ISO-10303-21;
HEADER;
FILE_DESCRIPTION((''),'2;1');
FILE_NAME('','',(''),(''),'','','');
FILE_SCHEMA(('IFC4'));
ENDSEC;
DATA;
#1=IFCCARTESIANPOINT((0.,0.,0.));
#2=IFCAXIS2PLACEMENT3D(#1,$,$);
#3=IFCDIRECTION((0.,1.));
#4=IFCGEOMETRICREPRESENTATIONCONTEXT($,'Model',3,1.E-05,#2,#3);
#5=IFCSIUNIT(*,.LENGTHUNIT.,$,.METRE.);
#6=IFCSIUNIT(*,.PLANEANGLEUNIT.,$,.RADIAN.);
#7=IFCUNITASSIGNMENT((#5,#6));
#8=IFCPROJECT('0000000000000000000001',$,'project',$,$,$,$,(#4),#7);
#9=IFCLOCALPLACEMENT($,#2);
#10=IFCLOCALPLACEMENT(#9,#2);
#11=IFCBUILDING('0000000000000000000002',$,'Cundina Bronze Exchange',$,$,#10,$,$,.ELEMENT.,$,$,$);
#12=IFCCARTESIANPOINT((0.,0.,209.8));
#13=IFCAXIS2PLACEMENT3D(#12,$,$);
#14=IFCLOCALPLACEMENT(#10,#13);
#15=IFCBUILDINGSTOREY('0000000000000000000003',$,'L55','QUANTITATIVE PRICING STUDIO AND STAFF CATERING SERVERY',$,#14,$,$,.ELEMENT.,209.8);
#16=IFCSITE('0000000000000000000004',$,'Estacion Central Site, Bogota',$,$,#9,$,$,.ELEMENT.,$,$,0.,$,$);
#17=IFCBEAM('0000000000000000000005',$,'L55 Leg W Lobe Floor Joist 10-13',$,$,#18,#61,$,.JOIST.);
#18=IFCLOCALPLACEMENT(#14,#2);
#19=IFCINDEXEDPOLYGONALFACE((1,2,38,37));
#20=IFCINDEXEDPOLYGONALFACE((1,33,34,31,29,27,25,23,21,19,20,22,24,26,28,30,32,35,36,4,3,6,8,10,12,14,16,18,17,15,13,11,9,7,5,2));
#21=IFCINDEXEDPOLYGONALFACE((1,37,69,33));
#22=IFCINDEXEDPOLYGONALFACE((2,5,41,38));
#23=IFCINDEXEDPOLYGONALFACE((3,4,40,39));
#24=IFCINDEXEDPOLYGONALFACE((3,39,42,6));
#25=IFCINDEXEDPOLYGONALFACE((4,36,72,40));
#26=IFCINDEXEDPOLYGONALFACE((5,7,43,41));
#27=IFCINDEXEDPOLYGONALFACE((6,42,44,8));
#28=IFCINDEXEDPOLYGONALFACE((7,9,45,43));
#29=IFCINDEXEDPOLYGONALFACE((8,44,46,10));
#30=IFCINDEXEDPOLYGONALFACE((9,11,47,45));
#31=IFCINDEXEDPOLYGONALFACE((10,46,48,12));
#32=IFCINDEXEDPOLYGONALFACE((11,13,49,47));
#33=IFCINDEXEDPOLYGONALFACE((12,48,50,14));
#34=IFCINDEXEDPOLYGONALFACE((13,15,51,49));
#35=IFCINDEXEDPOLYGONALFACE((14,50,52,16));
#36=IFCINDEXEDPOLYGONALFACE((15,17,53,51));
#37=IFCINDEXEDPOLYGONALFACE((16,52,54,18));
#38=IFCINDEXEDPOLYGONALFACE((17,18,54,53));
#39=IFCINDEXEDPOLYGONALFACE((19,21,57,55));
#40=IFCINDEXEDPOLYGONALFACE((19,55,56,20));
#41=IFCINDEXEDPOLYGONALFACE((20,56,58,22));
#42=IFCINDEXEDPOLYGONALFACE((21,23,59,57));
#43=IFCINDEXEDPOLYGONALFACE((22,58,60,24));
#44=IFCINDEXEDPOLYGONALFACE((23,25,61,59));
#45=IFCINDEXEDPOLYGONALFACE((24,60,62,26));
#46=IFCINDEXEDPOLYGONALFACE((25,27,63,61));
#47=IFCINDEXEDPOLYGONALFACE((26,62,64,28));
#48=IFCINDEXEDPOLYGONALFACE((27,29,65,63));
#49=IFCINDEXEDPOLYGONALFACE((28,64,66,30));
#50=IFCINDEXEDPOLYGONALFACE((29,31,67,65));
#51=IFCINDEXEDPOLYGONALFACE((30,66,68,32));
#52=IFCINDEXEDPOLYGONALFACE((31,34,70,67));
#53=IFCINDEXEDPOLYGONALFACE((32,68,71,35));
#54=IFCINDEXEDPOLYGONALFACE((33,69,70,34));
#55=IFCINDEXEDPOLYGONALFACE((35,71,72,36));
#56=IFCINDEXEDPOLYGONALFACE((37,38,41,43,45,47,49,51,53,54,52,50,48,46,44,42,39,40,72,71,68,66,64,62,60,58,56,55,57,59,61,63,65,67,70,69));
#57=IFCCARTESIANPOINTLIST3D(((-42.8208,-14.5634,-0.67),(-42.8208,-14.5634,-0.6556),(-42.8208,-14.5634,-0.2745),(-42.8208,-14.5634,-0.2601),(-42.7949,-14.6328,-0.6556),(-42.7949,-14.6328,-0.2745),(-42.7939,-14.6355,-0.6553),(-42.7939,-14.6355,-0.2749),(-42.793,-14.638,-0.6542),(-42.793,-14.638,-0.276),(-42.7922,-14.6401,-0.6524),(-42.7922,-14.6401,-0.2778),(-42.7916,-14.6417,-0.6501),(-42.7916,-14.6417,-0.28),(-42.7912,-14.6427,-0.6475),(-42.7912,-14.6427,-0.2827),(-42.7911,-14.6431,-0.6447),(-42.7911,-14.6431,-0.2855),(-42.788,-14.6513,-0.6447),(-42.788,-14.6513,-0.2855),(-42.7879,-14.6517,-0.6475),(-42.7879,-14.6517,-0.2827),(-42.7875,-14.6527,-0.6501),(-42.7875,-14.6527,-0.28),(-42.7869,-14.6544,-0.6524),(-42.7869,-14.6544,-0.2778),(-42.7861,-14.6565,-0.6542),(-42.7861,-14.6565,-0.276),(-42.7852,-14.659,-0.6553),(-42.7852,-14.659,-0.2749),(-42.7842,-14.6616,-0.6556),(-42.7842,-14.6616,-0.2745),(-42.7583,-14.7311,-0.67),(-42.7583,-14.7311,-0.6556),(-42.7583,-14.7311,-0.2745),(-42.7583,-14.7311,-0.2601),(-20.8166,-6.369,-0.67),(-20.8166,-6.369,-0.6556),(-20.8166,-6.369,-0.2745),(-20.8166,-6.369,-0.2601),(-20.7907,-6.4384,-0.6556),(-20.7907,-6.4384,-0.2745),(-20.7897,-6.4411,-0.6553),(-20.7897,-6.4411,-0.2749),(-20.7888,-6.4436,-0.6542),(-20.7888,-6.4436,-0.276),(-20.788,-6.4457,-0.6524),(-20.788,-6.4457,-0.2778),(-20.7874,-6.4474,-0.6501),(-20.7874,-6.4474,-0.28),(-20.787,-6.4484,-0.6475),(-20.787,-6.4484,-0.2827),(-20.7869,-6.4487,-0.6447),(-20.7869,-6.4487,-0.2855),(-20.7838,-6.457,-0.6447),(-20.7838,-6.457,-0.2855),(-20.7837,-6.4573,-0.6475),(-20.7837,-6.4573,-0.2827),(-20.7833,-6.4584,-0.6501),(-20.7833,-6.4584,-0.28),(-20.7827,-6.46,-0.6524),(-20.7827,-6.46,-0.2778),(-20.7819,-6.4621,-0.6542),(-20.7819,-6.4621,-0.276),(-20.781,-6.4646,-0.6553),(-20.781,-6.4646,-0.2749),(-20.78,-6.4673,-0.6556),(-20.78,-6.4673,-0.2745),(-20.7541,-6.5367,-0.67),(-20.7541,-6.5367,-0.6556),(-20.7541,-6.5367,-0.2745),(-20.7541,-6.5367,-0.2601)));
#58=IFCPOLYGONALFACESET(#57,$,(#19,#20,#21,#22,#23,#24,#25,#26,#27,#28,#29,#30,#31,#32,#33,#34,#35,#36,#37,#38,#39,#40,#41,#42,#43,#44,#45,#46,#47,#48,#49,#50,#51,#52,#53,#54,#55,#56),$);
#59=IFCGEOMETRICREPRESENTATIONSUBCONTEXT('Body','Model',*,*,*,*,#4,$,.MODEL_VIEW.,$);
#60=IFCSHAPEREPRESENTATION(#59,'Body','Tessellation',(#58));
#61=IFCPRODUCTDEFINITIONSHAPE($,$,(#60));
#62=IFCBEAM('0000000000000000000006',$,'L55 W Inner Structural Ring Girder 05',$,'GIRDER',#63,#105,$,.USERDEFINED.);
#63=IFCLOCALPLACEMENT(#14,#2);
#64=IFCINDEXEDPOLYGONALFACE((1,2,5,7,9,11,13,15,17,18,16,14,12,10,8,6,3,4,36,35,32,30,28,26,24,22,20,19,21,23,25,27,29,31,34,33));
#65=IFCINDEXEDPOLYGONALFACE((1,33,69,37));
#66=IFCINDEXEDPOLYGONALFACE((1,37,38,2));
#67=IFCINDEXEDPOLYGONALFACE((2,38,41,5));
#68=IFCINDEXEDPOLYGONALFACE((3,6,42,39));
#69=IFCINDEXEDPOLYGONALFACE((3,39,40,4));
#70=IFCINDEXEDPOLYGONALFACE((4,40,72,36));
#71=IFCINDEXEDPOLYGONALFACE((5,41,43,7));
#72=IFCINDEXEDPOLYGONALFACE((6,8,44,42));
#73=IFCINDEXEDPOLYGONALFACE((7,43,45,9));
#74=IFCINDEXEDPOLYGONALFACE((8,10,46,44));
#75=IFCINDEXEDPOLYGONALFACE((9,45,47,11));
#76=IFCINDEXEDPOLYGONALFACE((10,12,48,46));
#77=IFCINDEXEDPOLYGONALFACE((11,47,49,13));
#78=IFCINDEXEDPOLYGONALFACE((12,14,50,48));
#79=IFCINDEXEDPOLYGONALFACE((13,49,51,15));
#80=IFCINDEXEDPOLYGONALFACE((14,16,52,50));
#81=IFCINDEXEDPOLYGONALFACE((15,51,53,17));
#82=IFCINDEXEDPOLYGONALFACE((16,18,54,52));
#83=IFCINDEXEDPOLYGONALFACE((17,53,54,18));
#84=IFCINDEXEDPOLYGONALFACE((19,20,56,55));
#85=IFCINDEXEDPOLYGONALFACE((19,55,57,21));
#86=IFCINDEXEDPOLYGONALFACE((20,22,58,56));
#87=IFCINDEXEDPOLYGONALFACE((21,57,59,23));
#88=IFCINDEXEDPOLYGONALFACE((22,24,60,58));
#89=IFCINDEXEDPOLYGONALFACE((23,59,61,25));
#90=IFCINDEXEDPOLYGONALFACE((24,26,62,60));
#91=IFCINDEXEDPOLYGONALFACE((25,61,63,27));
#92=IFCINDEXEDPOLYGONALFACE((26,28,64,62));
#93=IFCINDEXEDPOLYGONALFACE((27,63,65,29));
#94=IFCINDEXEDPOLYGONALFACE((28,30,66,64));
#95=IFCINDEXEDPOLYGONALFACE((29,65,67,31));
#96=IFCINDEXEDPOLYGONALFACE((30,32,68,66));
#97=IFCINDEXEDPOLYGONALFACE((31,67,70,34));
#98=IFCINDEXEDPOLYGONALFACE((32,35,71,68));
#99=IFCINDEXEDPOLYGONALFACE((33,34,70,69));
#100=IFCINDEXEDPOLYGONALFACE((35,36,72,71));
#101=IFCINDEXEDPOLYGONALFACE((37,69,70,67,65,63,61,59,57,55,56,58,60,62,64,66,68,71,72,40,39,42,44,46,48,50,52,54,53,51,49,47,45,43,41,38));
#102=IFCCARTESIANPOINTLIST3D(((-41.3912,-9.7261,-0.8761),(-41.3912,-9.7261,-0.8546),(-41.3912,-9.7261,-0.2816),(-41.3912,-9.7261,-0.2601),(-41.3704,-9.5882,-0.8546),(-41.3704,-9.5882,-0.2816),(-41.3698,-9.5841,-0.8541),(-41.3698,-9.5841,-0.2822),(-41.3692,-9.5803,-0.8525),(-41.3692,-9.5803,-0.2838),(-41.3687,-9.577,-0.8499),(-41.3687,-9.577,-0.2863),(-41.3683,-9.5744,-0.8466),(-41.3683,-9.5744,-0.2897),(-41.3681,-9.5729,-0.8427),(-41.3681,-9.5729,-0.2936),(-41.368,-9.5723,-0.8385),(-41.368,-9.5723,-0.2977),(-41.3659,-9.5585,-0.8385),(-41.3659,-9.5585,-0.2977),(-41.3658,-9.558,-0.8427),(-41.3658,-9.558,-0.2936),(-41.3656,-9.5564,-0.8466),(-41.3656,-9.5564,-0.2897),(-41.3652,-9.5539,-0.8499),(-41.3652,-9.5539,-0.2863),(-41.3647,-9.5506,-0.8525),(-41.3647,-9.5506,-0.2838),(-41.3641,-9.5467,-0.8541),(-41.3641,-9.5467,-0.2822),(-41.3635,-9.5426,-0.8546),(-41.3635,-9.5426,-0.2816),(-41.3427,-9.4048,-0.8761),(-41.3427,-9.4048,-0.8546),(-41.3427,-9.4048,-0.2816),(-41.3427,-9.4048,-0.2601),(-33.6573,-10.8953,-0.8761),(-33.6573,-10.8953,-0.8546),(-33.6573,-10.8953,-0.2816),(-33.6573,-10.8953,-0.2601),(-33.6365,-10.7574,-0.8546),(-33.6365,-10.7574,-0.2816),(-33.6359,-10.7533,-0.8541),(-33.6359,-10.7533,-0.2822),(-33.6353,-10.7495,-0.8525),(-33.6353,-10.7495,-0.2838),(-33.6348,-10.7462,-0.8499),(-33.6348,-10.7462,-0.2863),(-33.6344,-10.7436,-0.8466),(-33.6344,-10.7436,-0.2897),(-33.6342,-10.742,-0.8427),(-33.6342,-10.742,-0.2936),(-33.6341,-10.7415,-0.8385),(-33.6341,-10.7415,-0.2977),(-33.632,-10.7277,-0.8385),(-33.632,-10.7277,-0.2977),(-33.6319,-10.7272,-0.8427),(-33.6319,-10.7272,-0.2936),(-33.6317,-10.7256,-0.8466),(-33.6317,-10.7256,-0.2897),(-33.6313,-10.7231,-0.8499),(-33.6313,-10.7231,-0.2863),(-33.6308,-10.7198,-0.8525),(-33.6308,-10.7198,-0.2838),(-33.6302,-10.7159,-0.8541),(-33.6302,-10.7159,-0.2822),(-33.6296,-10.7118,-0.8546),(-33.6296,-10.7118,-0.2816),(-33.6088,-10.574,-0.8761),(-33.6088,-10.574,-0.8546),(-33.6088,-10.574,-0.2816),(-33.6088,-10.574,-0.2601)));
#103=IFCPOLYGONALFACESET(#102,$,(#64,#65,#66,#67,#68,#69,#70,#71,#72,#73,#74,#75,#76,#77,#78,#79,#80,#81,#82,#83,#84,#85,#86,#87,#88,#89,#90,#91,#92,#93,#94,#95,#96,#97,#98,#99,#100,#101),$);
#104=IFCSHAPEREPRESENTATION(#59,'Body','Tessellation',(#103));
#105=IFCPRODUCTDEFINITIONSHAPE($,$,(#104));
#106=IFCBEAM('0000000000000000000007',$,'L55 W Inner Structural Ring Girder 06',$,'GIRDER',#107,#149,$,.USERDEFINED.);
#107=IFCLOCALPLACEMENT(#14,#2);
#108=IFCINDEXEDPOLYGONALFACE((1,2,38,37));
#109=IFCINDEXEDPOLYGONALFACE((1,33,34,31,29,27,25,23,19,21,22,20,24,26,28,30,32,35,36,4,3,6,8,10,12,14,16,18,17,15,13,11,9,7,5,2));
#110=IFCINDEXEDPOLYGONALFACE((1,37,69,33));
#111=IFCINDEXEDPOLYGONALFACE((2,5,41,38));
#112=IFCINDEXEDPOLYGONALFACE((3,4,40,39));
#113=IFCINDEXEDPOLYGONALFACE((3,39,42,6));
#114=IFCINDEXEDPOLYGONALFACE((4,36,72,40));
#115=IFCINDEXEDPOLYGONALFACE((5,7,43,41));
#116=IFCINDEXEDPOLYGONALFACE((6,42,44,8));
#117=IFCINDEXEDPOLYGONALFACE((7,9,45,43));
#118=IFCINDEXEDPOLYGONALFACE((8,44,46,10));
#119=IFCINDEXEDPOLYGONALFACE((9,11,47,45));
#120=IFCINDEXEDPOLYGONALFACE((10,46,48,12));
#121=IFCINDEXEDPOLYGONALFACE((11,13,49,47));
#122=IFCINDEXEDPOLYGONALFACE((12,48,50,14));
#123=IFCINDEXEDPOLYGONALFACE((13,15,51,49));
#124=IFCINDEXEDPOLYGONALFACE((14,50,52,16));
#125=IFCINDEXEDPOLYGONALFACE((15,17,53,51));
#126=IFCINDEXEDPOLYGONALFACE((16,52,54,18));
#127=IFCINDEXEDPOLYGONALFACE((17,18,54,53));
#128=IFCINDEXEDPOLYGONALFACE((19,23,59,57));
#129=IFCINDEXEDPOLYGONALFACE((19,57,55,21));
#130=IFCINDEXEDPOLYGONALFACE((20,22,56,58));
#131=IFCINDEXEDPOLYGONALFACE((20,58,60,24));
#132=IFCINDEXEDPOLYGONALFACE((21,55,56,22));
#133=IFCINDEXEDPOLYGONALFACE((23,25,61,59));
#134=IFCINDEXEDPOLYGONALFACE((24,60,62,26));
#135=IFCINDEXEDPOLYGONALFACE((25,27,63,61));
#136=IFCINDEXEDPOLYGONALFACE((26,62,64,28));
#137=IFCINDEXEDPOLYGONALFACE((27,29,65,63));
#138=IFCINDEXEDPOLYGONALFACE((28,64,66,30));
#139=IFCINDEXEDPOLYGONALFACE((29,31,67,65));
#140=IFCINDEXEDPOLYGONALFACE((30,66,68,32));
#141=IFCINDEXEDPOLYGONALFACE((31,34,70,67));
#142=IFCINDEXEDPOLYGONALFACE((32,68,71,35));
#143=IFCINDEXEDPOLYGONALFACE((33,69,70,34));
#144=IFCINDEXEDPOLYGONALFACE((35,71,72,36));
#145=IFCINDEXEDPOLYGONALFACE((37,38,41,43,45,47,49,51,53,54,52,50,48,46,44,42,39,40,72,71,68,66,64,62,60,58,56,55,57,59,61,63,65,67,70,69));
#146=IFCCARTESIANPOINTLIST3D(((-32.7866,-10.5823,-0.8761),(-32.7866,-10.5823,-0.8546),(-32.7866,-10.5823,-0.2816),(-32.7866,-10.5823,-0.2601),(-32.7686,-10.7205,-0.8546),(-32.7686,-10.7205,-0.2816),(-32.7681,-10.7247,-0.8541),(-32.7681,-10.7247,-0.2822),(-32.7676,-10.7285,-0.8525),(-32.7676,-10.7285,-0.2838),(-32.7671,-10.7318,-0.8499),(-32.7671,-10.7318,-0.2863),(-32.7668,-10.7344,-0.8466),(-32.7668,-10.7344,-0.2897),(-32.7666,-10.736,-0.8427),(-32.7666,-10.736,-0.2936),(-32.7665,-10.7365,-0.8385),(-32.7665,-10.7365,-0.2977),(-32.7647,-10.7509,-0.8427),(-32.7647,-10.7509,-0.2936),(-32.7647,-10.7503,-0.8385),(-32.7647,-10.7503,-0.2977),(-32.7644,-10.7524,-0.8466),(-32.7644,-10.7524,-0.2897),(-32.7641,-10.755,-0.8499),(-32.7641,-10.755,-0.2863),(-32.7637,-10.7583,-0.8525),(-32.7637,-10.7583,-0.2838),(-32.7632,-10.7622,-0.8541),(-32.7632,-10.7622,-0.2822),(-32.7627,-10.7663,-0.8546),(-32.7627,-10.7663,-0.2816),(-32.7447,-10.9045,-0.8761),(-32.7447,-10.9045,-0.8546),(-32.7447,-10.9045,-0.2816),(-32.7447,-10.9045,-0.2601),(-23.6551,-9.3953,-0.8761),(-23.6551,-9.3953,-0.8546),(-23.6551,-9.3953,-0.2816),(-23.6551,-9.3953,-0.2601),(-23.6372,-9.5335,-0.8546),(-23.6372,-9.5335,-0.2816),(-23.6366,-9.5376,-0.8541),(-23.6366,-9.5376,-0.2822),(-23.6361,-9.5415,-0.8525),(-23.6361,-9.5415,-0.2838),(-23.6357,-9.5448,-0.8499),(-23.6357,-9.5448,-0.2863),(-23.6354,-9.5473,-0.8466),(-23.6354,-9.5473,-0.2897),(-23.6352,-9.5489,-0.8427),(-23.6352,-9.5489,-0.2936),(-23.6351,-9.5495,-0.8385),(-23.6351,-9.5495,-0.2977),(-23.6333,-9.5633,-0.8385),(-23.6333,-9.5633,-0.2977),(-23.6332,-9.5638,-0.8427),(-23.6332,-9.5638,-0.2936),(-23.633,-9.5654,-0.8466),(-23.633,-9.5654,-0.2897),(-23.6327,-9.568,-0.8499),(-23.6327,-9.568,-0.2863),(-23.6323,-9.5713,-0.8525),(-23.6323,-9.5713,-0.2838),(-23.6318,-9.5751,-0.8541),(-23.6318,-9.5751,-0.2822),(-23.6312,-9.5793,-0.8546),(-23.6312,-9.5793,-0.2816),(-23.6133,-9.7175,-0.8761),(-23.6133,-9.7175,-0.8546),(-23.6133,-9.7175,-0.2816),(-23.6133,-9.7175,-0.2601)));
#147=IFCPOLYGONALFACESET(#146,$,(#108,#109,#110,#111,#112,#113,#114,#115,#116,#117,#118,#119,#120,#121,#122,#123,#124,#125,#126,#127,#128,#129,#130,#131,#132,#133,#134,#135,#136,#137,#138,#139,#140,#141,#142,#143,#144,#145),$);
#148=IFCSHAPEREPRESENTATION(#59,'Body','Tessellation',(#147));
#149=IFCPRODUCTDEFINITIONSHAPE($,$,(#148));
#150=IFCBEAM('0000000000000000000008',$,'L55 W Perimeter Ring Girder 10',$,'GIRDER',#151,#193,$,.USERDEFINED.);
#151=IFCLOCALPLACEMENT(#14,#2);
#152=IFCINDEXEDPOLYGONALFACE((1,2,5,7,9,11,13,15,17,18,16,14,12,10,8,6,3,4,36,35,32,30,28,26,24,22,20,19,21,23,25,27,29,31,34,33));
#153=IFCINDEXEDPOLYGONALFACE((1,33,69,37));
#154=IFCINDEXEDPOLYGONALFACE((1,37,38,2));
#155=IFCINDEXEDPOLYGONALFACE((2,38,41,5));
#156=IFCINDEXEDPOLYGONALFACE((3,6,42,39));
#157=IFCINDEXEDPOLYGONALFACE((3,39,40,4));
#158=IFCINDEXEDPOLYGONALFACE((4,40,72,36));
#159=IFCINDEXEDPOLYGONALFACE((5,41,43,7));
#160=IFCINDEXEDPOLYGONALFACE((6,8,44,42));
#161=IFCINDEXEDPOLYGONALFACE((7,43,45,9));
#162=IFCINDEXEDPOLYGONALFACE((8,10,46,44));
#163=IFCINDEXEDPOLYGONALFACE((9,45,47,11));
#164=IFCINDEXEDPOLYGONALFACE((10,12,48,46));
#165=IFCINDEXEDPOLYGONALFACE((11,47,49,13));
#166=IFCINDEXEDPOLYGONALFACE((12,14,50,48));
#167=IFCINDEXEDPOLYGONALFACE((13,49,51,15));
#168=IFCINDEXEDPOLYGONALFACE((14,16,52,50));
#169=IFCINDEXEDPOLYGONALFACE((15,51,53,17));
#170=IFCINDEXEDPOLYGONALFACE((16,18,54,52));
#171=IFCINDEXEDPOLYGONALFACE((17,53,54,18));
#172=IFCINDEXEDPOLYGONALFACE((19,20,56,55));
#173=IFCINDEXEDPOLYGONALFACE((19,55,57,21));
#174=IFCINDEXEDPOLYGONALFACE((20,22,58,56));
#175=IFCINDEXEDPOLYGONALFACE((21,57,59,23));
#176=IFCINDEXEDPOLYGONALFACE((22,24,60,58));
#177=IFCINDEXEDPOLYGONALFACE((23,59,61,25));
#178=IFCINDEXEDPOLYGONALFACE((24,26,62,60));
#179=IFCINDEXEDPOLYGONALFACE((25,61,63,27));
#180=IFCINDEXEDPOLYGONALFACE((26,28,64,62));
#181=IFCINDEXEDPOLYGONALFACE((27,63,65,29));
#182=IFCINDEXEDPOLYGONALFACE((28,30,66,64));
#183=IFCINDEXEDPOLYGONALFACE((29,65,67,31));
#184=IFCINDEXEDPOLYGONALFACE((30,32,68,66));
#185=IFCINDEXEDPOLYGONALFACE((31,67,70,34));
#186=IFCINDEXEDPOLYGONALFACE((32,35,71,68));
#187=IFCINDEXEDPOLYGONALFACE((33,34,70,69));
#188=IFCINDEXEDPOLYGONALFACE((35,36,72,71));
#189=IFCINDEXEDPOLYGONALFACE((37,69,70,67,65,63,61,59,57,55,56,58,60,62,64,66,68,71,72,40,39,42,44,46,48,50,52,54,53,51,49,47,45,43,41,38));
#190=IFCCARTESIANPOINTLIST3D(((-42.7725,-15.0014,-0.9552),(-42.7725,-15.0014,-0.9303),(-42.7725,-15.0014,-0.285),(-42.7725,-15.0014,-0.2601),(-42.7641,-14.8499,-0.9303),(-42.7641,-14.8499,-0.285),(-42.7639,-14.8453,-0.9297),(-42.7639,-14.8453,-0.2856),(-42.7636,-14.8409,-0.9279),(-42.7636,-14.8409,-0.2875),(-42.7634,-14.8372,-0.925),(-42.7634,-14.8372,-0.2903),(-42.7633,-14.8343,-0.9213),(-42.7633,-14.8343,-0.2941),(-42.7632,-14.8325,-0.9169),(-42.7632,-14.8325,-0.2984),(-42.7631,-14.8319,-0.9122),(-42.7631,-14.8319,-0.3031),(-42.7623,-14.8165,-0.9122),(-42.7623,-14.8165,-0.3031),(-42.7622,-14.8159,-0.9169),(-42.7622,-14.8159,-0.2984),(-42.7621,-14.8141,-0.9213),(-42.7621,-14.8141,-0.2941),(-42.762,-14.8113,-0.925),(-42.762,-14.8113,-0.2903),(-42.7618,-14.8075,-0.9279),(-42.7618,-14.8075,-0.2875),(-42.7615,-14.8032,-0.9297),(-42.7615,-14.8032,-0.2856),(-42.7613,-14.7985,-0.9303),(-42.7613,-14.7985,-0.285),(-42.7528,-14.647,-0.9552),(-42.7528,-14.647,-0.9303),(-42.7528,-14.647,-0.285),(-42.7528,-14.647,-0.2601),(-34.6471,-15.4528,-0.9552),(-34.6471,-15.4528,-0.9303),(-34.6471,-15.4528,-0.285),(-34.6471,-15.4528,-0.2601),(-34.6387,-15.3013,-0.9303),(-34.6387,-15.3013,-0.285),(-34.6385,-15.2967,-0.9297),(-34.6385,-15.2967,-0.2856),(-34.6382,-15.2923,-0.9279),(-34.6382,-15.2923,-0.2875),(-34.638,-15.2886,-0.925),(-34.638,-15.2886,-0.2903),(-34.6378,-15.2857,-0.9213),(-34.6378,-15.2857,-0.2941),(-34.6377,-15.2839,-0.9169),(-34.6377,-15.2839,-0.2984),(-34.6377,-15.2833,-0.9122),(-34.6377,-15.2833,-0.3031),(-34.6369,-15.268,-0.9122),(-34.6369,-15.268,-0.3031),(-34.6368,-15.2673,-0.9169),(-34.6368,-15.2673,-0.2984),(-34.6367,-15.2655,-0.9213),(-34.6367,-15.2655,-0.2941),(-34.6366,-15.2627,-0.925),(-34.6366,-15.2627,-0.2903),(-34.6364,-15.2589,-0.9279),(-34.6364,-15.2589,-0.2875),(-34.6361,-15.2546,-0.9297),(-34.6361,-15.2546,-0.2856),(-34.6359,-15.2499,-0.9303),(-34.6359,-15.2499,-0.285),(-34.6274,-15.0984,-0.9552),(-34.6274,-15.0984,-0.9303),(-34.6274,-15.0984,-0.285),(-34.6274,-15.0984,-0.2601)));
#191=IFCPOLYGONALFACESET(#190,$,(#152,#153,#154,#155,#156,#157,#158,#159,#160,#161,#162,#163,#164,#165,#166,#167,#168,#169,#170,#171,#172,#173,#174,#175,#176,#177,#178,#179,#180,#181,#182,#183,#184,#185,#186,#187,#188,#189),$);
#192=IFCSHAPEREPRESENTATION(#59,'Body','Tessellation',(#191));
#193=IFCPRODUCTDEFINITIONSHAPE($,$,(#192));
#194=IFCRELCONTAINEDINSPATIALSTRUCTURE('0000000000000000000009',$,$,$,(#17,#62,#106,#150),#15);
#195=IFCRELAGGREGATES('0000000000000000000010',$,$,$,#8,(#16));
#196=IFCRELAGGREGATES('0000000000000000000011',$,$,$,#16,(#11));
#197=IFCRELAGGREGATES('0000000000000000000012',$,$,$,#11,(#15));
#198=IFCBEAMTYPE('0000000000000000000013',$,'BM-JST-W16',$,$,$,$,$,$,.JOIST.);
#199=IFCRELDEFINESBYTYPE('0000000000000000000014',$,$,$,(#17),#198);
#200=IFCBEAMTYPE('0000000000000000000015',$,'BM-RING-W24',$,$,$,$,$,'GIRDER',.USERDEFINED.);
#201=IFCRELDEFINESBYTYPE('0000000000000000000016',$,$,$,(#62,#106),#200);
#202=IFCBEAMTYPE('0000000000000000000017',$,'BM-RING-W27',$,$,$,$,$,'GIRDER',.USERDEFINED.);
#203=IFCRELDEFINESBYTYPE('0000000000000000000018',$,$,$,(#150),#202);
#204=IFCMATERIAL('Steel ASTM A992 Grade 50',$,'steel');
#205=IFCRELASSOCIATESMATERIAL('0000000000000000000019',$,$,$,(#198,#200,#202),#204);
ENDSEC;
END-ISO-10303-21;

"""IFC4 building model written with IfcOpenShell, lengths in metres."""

from ifc_helpers import new_model, si_unit, direction, frame, origin, origin_2d, place, context, subcontext, project, spatial, i_section, extrude, material, material_profile, profile_set, type_object, element, save


model = new_model("IFC4")

# Units and contexts
model_context = context("Model", 3, precision=1e-05, world=origin(), true_north=direction((0.0, 1.0)))
body_context = subcontext(model_context, "Body", "Model", "MODEL_VIEW")
ifc_project = project(units=[si_unit("LENGTHUNIT", "METRE"), si_unit("PLANEANGLEUNIT", "RADIAN")], contexts=[model_context])

# Site, building, storey
site_placement = place(None, origin())
site = spatial("IfcSite", under=ifc_project, at=site_placement, Name="Estacion Central Site, Bogota", CompositionType="ELEMENT", RefElevation=0.0)
building_placement = place(site_placement, origin())
building = spatial("IfcBuilding", under=site, at=building_placement, Name="Cundina Bronze Exchange", CompositionType="ELEMENT")
storey_placement = place(building_placement, frame((0.0, 0.0, 209.8)))
storey = spatial("IfcBuildingStorey", under=building, at=storey_placement, Name="L55", Description="QUANTITATIVE PRICING STUDIO AND STAFF CATERING SERVERY", CompositionType="ELEMENT", Elevation=209.8)

# Beams
ifc_material_1 = material(Name="Steel ASTM A992 Grade 50", Category="steel")
ifc_material_profile_1 = material_profile(ifc_material_1, i_section(OverallWidth=0.179, OverallDepth=0.4099, WebThickness=0.0088, FlangeThickness=0.0144, FilletRadius=0.011, at=origin_2d()), Name="W16X45", Category="steel")
ifc_profile_set_1 = profile_set([ifc_material_profile_1], Name="Steel ASTM A992 Grade 50")
beam_type_1 = type_object("IfcBeamType", Name="BM-JST-W16", PredefinedType="JOIST", material=ifc_profile_set_1)
beam_1_placement = place(storey_placement, frame((-42.7896, -14.6472, -0.4651), z_axis=(0.937128, 0.348986, 0.0), x_axis=(-0.348986, 0.937128, 0.0)))
element("IfcBeam", 1, at=beam_1_placement, inside=storey, type_object=beam_type_1, Name="L55 Leg W Lobe Floor Joist 10-13", PredefinedType="JOIST", context=body_context, shape_type="SweptSolid", body=[
    extrude(i_section(OverallWidth=0.179, OverallDepth=0.4099, WebThickness=0.0088, FlangeThickness=0.0144, FilletRadius=0.011, at=origin_2d()), origin(), (0.0, 0.0, 1.0), 23.4805),
])
ifc_material_profile_2 = material_profile(ifc_material_1, i_section(OverallWidth=0.325, OverallDepth=0.616, WebThickness=0.0139, FlangeThickness=0.0215, FilletRadius=0.0161, at=origin_2d()), Name="W24X117", Category="steel")
ifc_profile_set_2 = profile_set([ifc_material_profile_2], Name="Steel ASTM A992 Grade 50")
beam_type_2 = type_object("IfcBeamType", Name="BM-RING-W24", ElementType="GIRDER", PredefinedType="USERDEFINED", material=ifc_profile_set_2)
beam_2_placement = place(storey_placement, frame((-41.3669, -9.5654, -0.5681), z_axis=(0.988765, -0.149479, 0.0), x_axis=(0.149479, 0.988765, 0.0)))
element("IfcBeam", 2, at=beam_2_placement, inside=storey, type_object=beam_type_2, Name="L55 W Inner Structural Ring Girder 05", ObjectType="GIRDER", PredefinedType="USERDEFINED", context=body_context, shape_type="SweptSolid", body=[
    extrude(i_section(OverallWidth=0.325, OverallDepth=0.616, WebThickness=0.0139, FlangeThickness=0.0215, FilletRadius=0.0161, at=origin_2d()), origin(), (0.0, 0.0, 1.0), 7.8218),
])
beam_3_placement = place(storey_placement, frame((-32.7656, -10.7434, -0.5681), z_axis=(0.991656, 0.128908, 0.0), x_axis=(-0.128908, 0.991656, 0.0)))
element("IfcBeam", 3, at=beam_3_placement, inside=storey, type_object=beam_type_2, Name="L55 W Inner Structural Ring Girder 06", ObjectType="GIRDER", PredefinedType="USERDEFINED", context=body_context, shape_type="SweptSolid", body=[
    extrude(i_section(OverallWidth=0.325, OverallDepth=0.616, WebThickness=0.0139, FlangeThickness=0.0215, FilletRadius=0.0161, at=origin_2d()), origin(), (0.0, 0.0, 1.0), 9.2083),
])
ifc_material_profile_3 = material_profile(ifc_material_1, i_section(OverallWidth=0.355, OverallDepth=0.6951, WebThickness=0.0154, FlangeThickness=0.0249, FilletRadius=0.0181, at=origin_2d()), Name="W27X146", Category="steel")
ifc_profile_set_3 = profile_set([ifc_material_profile_3], Name="Steel ASTM A992 Grade 50")
beam_type_3 = type_object("IfcBeamType", Name="BM-RING-W27", ElementType="GIRDER", PredefinedType="USERDEFINED", material=ifc_profile_set_3)
for number, where, z_axis, x_axis, name in (
    (4, (-42.7627, -14.8242, -0.6077), (0.99846, -0.05547, 0.0), (0.05547, 0.99846, 0.0), "L55 W Perimeter Ring Girder 10"),
):
    element("IfcBeam", number, at=place(storey_placement, frame(where, z_axis=z_axis, x_axis=x_axis)), inside=storey, type_object=beam_type_3, Name=name, ObjectType="GIRDER", PredefinedType="USERDEFINED", context=body_context, shape_type="SweptSolid", body=[
        extrude(i_section(OverallWidth=0.355, OverallDepth=0.6951, WebThickness=0.0154, FlangeThickness=0.0249, FilletRadius=0.0181, at=origin_2d()), origin(), (0.0, 0.0, 1.0), 8.1379),
    ])

save(model, "model.ifc")
